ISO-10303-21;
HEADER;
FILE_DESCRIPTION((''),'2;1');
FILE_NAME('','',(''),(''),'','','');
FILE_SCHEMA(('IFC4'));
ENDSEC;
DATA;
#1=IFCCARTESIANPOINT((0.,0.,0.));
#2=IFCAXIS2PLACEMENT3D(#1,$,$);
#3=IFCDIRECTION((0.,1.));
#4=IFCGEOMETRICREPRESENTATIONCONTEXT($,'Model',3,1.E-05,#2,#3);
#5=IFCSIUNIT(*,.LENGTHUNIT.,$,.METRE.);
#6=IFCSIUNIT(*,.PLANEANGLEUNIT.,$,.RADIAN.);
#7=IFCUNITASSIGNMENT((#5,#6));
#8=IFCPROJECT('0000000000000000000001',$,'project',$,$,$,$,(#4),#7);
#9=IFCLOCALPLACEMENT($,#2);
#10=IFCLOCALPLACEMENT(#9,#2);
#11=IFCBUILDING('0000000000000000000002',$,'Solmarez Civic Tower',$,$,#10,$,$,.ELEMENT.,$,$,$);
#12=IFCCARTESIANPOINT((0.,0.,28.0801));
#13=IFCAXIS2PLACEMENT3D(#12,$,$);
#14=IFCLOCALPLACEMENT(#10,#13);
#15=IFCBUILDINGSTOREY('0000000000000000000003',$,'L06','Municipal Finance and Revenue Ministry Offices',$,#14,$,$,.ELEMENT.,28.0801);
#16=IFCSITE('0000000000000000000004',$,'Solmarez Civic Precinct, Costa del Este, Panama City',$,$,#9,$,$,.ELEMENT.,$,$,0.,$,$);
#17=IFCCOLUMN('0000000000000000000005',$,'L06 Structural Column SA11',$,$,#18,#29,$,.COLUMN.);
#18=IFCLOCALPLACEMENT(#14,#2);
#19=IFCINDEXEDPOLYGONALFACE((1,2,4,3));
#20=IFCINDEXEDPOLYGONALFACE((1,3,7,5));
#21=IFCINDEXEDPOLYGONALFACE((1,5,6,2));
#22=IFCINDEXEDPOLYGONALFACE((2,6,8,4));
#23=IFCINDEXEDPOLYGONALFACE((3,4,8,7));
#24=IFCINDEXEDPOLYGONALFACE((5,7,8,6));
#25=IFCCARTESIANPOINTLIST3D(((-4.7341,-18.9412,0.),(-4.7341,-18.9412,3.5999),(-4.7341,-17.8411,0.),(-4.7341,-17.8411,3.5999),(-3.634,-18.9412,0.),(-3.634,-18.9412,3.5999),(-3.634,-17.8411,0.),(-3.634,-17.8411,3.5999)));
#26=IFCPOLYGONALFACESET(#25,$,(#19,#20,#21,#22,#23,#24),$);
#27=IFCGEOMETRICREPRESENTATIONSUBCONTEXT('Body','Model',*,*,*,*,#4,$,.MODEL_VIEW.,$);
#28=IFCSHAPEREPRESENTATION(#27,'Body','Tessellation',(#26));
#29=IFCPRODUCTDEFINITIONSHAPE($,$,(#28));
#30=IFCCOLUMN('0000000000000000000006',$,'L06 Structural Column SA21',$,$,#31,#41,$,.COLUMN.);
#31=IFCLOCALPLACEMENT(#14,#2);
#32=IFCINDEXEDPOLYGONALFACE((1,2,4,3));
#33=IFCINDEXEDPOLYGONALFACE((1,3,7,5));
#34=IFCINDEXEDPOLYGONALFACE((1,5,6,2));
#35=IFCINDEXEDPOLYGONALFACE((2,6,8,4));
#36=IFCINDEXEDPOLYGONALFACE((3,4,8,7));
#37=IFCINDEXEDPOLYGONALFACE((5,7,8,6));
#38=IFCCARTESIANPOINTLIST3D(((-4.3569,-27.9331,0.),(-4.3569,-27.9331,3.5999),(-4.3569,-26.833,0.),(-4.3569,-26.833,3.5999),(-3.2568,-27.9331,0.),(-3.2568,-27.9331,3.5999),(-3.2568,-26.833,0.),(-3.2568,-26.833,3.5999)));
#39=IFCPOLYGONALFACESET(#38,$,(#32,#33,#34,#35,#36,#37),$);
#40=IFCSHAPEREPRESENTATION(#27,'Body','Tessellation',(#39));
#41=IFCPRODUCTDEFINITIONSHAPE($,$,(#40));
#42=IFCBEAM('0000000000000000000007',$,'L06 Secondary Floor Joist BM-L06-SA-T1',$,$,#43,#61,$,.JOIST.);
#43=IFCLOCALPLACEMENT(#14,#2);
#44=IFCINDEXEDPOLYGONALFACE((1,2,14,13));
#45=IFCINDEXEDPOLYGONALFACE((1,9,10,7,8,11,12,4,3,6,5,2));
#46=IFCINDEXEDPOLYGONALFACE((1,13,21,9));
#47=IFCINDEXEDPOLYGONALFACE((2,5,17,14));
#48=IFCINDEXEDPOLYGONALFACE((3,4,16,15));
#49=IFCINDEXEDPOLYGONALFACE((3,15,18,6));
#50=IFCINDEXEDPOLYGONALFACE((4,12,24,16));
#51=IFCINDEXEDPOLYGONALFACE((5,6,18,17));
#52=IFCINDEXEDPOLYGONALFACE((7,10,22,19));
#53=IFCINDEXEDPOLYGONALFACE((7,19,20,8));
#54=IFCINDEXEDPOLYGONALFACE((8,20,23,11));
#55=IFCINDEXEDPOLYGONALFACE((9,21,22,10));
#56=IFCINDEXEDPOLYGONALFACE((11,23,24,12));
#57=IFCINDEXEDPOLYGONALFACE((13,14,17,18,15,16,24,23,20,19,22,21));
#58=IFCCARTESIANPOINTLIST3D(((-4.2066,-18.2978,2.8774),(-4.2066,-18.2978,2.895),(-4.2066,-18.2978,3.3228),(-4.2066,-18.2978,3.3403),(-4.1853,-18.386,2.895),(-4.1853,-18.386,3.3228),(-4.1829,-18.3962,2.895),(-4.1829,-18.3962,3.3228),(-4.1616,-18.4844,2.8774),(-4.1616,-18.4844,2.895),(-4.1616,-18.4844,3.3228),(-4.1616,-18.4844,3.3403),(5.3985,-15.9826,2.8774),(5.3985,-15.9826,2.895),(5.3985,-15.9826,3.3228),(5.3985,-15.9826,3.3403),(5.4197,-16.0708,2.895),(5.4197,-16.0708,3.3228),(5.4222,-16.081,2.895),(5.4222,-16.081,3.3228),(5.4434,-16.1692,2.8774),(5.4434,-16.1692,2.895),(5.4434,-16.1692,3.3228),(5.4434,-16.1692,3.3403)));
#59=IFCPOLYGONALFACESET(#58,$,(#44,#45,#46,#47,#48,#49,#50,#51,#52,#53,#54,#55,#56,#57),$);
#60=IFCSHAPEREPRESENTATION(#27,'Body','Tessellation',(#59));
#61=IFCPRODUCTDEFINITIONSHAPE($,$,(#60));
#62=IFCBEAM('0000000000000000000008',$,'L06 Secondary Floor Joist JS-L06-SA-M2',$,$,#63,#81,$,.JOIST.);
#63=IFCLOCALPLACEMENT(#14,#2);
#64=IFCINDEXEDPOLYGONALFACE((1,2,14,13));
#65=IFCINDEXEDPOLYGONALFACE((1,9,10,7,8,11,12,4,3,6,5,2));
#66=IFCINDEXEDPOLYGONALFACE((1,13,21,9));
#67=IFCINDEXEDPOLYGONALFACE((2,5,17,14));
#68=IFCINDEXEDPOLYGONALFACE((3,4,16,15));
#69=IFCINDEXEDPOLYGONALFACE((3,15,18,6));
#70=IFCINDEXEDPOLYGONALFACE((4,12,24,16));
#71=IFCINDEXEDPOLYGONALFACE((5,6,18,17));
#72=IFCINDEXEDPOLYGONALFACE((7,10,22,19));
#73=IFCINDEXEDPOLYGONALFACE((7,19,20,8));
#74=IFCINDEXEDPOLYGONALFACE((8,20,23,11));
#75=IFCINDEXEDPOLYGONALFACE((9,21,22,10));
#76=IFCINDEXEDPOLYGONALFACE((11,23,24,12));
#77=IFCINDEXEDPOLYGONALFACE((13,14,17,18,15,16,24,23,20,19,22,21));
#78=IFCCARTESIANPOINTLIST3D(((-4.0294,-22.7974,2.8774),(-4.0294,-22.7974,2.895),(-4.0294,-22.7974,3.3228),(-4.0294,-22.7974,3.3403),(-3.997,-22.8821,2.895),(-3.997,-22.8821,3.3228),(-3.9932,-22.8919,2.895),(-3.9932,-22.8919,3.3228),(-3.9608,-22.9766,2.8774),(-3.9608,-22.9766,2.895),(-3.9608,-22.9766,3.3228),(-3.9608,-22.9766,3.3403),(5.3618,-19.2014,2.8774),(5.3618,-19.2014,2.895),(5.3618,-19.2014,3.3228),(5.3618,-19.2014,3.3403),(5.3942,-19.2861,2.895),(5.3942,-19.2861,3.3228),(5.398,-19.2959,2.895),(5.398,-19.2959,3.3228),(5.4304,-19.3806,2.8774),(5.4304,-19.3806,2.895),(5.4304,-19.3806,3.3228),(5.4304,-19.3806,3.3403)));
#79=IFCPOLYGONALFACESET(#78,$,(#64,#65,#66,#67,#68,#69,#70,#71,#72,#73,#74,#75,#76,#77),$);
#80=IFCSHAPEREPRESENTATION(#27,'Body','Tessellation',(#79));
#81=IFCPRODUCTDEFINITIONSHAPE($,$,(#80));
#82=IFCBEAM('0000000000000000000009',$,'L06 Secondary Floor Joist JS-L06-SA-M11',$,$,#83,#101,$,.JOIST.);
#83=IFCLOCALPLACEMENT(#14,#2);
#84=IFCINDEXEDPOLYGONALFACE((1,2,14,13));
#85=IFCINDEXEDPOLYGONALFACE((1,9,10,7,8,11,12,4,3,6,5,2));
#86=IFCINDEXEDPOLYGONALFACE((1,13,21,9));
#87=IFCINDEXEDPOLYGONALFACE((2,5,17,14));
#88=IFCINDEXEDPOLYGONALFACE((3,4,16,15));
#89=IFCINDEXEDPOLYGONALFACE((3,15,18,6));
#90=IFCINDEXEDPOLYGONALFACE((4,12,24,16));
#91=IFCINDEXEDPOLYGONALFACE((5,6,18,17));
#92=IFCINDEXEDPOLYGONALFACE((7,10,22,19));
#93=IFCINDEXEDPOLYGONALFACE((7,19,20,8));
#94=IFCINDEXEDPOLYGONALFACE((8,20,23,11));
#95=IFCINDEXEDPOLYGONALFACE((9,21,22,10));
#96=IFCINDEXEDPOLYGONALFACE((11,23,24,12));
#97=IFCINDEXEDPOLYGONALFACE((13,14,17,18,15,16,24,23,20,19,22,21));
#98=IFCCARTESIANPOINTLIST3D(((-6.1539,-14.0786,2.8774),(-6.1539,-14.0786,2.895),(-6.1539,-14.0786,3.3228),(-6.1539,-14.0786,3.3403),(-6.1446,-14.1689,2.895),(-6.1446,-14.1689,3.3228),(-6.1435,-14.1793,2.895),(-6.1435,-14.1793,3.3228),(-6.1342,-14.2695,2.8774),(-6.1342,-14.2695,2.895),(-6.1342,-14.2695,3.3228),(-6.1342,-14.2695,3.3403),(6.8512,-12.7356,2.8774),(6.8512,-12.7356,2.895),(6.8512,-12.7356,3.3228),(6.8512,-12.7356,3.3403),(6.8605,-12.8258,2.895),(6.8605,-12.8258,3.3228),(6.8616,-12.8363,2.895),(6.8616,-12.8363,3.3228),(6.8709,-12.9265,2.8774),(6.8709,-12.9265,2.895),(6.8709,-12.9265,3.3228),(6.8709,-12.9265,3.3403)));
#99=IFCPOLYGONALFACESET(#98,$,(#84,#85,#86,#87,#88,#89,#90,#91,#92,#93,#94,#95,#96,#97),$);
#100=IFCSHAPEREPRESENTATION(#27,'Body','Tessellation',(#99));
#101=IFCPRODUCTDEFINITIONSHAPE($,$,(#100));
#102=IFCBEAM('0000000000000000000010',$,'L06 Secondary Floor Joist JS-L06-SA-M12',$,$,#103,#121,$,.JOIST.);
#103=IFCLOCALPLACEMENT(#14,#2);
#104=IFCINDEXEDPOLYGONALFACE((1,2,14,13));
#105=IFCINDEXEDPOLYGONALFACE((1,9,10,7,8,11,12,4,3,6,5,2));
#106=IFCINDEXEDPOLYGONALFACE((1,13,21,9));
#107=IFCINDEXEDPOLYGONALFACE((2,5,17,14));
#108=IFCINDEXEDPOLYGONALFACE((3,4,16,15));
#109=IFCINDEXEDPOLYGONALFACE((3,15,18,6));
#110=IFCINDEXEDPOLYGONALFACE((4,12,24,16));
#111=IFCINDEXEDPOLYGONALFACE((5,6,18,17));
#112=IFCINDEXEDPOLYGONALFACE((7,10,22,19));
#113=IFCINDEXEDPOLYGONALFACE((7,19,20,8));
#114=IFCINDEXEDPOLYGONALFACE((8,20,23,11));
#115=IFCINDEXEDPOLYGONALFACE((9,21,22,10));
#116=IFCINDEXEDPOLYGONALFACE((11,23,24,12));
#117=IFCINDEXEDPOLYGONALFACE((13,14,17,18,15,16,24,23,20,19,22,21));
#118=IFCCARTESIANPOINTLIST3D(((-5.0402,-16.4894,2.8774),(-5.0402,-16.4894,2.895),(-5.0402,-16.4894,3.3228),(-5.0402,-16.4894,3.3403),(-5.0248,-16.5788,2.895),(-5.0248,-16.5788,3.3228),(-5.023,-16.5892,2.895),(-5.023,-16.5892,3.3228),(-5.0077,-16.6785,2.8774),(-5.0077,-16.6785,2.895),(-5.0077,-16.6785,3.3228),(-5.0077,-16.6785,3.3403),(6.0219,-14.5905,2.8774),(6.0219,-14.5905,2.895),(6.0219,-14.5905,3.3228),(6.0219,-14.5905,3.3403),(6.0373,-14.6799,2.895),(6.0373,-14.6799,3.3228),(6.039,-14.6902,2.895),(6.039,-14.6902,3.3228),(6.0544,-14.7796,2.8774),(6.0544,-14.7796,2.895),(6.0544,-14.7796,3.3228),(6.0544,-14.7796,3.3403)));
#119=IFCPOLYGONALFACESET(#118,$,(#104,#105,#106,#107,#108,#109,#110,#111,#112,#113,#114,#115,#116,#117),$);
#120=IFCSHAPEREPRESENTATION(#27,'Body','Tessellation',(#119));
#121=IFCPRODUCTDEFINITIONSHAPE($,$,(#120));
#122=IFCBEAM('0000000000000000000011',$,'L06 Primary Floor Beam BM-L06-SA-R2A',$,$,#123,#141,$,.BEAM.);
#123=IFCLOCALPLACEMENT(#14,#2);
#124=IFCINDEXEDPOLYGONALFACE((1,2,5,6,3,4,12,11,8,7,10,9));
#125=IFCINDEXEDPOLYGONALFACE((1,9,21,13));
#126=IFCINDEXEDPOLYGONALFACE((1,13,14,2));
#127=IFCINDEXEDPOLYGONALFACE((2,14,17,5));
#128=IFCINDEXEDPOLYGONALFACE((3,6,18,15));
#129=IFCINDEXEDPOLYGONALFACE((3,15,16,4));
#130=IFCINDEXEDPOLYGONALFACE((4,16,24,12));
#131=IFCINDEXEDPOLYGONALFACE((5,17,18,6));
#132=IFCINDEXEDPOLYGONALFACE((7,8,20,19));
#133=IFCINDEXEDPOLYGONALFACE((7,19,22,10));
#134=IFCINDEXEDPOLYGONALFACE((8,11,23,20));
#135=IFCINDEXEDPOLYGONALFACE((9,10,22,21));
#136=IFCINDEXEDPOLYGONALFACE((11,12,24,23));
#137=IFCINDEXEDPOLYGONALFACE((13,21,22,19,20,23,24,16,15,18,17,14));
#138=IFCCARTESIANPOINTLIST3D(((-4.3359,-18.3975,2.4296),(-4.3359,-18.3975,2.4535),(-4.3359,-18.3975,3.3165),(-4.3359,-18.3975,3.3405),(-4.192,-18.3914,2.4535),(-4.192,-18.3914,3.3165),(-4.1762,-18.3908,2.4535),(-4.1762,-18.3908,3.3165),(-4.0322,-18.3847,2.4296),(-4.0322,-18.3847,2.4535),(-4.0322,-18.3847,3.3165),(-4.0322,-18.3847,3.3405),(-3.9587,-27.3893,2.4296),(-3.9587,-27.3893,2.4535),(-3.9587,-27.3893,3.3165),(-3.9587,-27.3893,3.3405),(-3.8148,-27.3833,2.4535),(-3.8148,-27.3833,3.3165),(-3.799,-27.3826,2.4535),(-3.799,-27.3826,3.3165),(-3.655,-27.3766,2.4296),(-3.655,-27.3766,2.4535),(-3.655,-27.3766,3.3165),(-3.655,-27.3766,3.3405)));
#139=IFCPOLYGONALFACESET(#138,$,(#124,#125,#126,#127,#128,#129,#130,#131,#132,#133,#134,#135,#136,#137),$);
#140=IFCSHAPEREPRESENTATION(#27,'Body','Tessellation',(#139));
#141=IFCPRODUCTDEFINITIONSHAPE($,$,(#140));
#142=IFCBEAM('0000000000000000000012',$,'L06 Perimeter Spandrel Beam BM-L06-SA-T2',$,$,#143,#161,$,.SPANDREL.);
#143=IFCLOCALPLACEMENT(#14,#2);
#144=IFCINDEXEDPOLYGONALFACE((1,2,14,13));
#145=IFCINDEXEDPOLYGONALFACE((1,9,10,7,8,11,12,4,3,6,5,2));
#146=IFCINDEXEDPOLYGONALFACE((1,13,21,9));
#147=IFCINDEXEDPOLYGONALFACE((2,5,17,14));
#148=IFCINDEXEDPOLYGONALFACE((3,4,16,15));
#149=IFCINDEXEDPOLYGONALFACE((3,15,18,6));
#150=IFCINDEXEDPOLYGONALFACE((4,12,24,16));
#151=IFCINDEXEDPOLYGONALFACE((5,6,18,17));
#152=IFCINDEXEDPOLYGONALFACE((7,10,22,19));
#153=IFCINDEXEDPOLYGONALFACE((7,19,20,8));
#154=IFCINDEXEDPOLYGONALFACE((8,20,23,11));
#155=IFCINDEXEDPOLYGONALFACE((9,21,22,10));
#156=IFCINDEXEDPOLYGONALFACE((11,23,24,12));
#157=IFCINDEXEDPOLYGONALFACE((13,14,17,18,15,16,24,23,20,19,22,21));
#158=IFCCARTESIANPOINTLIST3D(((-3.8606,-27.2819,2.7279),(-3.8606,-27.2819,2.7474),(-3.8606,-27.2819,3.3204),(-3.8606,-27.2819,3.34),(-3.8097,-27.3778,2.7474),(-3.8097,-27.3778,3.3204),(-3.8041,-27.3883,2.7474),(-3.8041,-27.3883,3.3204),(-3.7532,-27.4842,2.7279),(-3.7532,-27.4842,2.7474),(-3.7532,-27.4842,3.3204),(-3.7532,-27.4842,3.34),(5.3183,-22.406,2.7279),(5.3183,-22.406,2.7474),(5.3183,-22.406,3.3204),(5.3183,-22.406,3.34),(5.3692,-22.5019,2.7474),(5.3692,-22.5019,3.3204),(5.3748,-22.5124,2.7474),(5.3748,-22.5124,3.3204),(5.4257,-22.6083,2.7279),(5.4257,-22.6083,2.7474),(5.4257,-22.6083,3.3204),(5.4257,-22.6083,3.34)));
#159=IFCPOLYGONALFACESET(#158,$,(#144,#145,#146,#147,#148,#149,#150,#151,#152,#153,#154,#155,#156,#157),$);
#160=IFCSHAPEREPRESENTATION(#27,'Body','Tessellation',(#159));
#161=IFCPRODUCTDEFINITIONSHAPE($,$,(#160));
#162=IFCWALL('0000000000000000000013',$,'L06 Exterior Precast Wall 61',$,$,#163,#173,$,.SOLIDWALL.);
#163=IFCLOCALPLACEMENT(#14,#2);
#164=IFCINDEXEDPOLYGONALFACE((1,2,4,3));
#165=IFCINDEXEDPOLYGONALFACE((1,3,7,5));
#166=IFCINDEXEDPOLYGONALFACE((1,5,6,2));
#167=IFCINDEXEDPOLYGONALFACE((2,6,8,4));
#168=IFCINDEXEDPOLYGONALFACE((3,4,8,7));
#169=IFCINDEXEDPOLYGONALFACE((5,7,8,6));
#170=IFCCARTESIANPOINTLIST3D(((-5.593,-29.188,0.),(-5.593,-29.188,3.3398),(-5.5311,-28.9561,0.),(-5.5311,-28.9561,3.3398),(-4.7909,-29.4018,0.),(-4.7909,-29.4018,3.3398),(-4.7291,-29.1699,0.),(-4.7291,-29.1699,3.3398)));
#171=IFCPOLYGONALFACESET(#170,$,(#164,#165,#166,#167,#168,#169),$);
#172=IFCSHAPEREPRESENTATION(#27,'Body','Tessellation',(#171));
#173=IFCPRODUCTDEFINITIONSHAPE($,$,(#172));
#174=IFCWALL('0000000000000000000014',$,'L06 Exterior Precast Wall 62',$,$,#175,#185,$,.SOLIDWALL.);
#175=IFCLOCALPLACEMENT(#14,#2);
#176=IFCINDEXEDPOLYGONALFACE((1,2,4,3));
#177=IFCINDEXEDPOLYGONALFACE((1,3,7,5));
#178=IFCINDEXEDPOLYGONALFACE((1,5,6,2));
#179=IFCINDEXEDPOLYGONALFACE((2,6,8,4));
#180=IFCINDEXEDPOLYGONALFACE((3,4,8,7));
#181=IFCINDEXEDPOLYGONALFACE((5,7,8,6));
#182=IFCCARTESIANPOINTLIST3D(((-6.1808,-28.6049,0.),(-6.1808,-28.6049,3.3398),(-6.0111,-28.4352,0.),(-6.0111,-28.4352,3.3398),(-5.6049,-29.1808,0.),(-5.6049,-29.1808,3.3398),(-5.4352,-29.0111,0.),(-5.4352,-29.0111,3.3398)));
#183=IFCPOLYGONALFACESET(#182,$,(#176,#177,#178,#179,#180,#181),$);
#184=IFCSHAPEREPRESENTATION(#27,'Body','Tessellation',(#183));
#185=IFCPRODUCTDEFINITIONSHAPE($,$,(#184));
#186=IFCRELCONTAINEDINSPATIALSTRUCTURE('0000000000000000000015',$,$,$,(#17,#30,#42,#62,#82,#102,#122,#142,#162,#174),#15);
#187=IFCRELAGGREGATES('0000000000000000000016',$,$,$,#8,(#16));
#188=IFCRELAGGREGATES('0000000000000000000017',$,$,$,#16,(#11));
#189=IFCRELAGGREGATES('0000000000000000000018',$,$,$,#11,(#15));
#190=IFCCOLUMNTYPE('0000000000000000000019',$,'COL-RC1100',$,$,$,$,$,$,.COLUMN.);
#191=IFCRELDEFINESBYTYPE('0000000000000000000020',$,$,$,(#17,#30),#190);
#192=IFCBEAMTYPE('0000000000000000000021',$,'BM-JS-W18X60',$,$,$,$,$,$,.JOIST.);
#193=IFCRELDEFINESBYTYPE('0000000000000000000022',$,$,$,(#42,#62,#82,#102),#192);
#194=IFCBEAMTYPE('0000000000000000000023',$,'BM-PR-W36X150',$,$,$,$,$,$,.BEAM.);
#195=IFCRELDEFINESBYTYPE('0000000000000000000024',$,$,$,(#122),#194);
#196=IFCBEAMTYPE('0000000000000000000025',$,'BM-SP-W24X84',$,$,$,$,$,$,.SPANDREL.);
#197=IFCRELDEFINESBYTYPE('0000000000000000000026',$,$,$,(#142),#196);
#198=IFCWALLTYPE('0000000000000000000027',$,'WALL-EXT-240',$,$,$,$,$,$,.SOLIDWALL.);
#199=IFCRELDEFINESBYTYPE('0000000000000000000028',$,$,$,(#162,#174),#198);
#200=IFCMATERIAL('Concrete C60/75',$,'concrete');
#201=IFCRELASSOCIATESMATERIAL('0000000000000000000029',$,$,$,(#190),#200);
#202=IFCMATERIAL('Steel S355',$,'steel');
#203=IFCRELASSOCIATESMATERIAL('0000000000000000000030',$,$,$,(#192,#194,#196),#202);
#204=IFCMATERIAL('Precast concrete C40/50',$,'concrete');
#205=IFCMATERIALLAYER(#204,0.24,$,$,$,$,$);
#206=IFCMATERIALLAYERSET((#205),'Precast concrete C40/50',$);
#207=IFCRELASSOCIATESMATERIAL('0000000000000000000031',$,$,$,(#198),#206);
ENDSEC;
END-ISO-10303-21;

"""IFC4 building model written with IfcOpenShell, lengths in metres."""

from ifc_helpers import new_model, si_unit, direction, frame, frame_2d, origin, origin_2d, place, context, subcontext, project, spatial, rectangle, i_section, extrude, material, layer, layer_set, material_profile, profile_set, type_object, element, save


model = new_model("IFC4")

# Units and contexts
model_context = context("Model", 3, precision=1e-05, world=origin(), true_north=direction((0.0, 1.0)))
body_context = subcontext(model_context, "Body", "Model", "MODEL_VIEW")
ifc_project = project(units=[si_unit("LENGTHUNIT", "METRE"), si_unit("PLANEANGLEUNIT", "RADIAN")], contexts=[model_context])

# Site, building, storey
site_placement = place(None, origin())
site = spatial("IfcSite", under=ifc_project, at=site_placement, Name="Solmarez Civic Precinct, Costa del Este, Panama City", CompositionType="ELEMENT", RefElevation=0.0)
building_placement = place(site_placement, origin())
building = spatial("IfcBuilding", under=site, at=building_placement, Name="Solmarez Civic Tower", CompositionType="ELEMENT")
storey_placement = place(building_placement, frame((0.0, 0.0, 28.0801)))
storey = spatial("IfcBuildingStorey", under=building, at=storey_placement, Name="L06", Description="Municipal Finance and Revenue Ministry Offices", CompositionType="ELEMENT", Elevation=28.0801)

# Columns
ifc_material_1 = material(Name="Concrete C60/75", Category="concrete")
ifc_material_profile_1 = material_profile(ifc_material_1, rectangle(XDim=1.1001, YDim=1.1001, at=origin_2d()), Name="RC1100X1100")
ifc_profile_set_1 = profile_set([ifc_material_profile_1], Name="Concrete C60/75")
column_type = type_object("IfcColumnType", Name="COL-RC1100", PredefinedType="COLUMN", material=ifc_profile_set_1)
for number, where, z_axis, x_axis, name in (
    (1, (-4.1841, -18.3911, 0.0), (0.0, 0.0, 1.0), (1.0, 0.0, 0.0), "L06 Structural Column SA11"),
    (2, (-3.8069, -27.3831, 0.0), (0.0, 0.0, 1.0), (1.0, 0.0, 0.0), "L06 Structural Column SA21"),
):
    element("IfcColumn", number, at=place(storey_placement, frame(where, z_axis=z_axis, x_axis=x_axis)), inside=storey, type_object=column_type, Name=name, PredefinedType="COLUMN", context=body_context, shape_type="SweptSolid", body=[
        extrude(rectangle(XDim=1.1001, YDim=1.1001, at=origin_2d()), origin(), (0.0, 0.0, 1.0), 3.5999),
    ])

# Beams
ifc_material_2 = material(Name="Steel S355", Category="steel")
ifc_material_profile_2 = material_profile(ifc_material_2, i_section(OverallWidth=0.1919, OverallDepth=0.4629, WebThickness=0.0105, FlangeThickness=0.0176, at=origin_2d()), Name="W18X60")
ifc_profile_set_2 = profile_set([ifc_material_profile_2], Name="Steel S355")
beam_type_1 = type_object("IfcBeamType", Name="BM-JS-W18X60", PredefinedType="JOIST", material=ifc_profile_set_2)
beam_1_placement = place(storey_placement, frame((-4.1841, -18.3911, 3.1089), z_axis=(0.972157, 0.234329, 0.0), x_axis=(-0.234329, 0.972157, 0.0)))
element("IfcBeam", 3, at=beam_1_placement, inside=storey, type_object=beam_type_1, Name="L06 Secondary Floor Joist BM-L06-SA-T1", PredefinedType="JOIST", context=body_context, shape_type="SweptSolid", body=[
    extrude(i_section(OverallWidth=0.1919, OverallDepth=0.4629, WebThickness=0.0105, FlangeThickness=0.0176, at=origin_2d()), origin(), (0.0, 0.0, 1.0), 9.8801),
])
beam_2_placement = place(storey_placement, frame((-3.9951, -22.887, 3.1089), z_axis=(0.933878, 0.357591, 0.0), x_axis=(-0.357591, 0.933878, 0.0)))
element("IfcBeam", 4, at=beam_2_placement, inside=storey, type_object=beam_type_1, Name="L06 Secondary Floor Joist JS-L06-SA-M2", PredefinedType="JOIST", context=body_context, shape_type="SweptSolid", body=[
    extrude(i_section(OverallWidth=0.1919, OverallDepth=0.4629, WebThickness=0.0105, FlangeThickness=0.0176, at=origin_2d()), origin(), (0.0, 0.0, 1.0), 10.0562),
])
beam_3_placement = place(storey_placement, frame((-6.144, -14.1741, 3.1089), z_axis=(0.99471, 0.102722, 0.0), x_axis=(-0.102722, 0.99471, 0.0)))
element("IfcBeam", 5, at=beam_3_placement, inside=storey, type_object=beam_type_1, Name="L06 Secondary Floor Joist JS-L06-SA-M11", PredefinedType="JOIST", context=body_context, shape_type="SweptSolid", body=[
    extrude(i_section(OverallWidth=0.1919, OverallDepth=0.4629, WebThickness=0.0105, FlangeThickness=0.0176, at=origin_2d()), origin(), (0.0, 0.0, 1.0), 13.0742),
])
beam_4_placement = place(storey_placement, frame((-5.0239, -16.584, 3.1089), z_axis=(0.985584, 0.169187, 0.0), x_axis=(-0.169187, 0.985584, 0.0)))
element("IfcBeam", 6, at=beam_4_placement, inside=storey, type_object=beam_type_1, Name="L06 Secondary Floor Joist JS-L06-SA-M12", PredefinedType="JOIST", context=body_context, shape_type="SweptSolid", body=[
    extrude(i_section(OverallWidth=0.1919, OverallDepth=0.4629, WebThickness=0.0105, FlangeThickness=0.0176, at=origin_2d()), origin(), (0.0, 0.0, 1.0), 11.2239),
])
ifc_material_profile_3 = material_profile(ifc_material_2, i_section(OverallWidth=0.304, OverallDepth=0.9109, WebThickness=0.0159, FlangeThickness=0.0239, at=origin_2d()), Name="W36X150")
ifc_profile_set_3 = profile_set([ifc_material_profile_3], Name="Steel S355")
beam_type_2 = type_object("IfcBeamType", Name="BM-PR-W36X150", PredefinedType="BEAM", material=ifc_profile_set_3)
beam_5_placement = place(storey_placement, frame((-4.1841, -18.3911, 2.885), z_axis=(0.041911, -0.999121, 0.0), x_axis=(0.999121, 0.041911, 0.0)))
element("IfcBeam", 7, at=beam_5_placement, inside=storey, type_object=beam_type_2, Name="L06 Primary Floor Beam BM-L06-SA-R2A", PredefinedType="BEAM", context=body_context, shape_type="SweptSolid", body=[
    extrude(i_section(OverallWidth=0.304, OverallDepth=0.9109, WebThickness=0.0159, FlangeThickness=0.0239, at=origin_2d()), origin(), (0.0, 0.0, 1.0), 8.9998),
])
ifc_material_profile_4 = material_profile(ifc_material_2, i_section(OverallWidth=0.229, OverallDepth=0.6121, WebThickness=0.012, FlangeThickness=0.0195, at=origin_2d()), Name="W24X84")
ifc_profile_set_4 = profile_set([ifc_material_profile_4], Name="Steel S355")
beam_type_3 = type_object("IfcBeamType", Name="BM-SP-W24X84", PredefinedType="SPANDREL", material=ifc_profile_set_4)
beam_6_placement = place(storey_placement, frame((-3.8069, -27.3831, 3.0339), z_axis=(0.883129, 0.469129, 0.0), x_axis=(-0.469129, 0.883129, 0.0)))
element("IfcBeam", 8, at=beam_6_placement, inside=storey, type_object=beam_type_3, Name="L06 Perimeter Spandrel Beam BM-L06-SA-T2", PredefinedType="SPANDREL", context=body_context, shape_type="SweptSolid", body=[
    extrude(i_section(OverallWidth=0.229, OverallDepth=0.6121, WebThickness=0.012, FlangeThickness=0.0195, at=origin_2d()), origin(), (0.0, 0.0, 1.0), 10.3936),
])

# Walls
ifc_material_3 = material(Name="Precast concrete C40/50", Category="concrete")
ifc_layer_1 = layer(ifc_material_3, 0.24)
ifc_layer_set_1 = layer_set([ifc_layer_1], Name="Precast concrete C40/50")
wall_type_1 = type_object("IfcWallType", Name="WALL-EXT-240", PredefinedType="SOLIDWALL", material=ifc_layer_set_1)
wall_1_placement = place(storey_placement, frame((-4.76, -29.2859, 0.0), z_axis=(0.0, 0.0, 1.0), x_axis=(-0.966235, 0.257663, 0.0)))
element("IfcWall", 9, at=wall_1_placement, inside=storey, type_object=wall_type_1, Name="L06 Exterior Precast Wall 61", PredefinedType="SOLIDWALL", context=body_context, shape_type="SweptSolid", body=[
    extrude(rectangle(XDim=0.8301, YDim=0.24, at=frame_2d((0.415, 0.0))), origin(), (0.0, 0.0, 1.0), 3.3398),
])
wall_2_placement = place(storey_placement, frame((-5.52, -29.0959, 0.0), z_axis=(0.0, 0.0, 1.0), x_axis=(-0.707107, 0.707107, 0.0)))
element("IfcWall", 10, at=wall_2_placement, inside=storey, type_object=wall_type_1, Name="L06 Exterior Precast Wall 62", PredefinedType="SOLIDWALL", context=body_context, shape_type="SweptSolid", body=[
    extrude(rectangle(XDim=0.8145, YDim=0.24, at=frame_2d((0.4072, 0.0))), origin(), (0.0, 0.0, 1.0), 3.3398),
])

save(model, "model.ifc")
